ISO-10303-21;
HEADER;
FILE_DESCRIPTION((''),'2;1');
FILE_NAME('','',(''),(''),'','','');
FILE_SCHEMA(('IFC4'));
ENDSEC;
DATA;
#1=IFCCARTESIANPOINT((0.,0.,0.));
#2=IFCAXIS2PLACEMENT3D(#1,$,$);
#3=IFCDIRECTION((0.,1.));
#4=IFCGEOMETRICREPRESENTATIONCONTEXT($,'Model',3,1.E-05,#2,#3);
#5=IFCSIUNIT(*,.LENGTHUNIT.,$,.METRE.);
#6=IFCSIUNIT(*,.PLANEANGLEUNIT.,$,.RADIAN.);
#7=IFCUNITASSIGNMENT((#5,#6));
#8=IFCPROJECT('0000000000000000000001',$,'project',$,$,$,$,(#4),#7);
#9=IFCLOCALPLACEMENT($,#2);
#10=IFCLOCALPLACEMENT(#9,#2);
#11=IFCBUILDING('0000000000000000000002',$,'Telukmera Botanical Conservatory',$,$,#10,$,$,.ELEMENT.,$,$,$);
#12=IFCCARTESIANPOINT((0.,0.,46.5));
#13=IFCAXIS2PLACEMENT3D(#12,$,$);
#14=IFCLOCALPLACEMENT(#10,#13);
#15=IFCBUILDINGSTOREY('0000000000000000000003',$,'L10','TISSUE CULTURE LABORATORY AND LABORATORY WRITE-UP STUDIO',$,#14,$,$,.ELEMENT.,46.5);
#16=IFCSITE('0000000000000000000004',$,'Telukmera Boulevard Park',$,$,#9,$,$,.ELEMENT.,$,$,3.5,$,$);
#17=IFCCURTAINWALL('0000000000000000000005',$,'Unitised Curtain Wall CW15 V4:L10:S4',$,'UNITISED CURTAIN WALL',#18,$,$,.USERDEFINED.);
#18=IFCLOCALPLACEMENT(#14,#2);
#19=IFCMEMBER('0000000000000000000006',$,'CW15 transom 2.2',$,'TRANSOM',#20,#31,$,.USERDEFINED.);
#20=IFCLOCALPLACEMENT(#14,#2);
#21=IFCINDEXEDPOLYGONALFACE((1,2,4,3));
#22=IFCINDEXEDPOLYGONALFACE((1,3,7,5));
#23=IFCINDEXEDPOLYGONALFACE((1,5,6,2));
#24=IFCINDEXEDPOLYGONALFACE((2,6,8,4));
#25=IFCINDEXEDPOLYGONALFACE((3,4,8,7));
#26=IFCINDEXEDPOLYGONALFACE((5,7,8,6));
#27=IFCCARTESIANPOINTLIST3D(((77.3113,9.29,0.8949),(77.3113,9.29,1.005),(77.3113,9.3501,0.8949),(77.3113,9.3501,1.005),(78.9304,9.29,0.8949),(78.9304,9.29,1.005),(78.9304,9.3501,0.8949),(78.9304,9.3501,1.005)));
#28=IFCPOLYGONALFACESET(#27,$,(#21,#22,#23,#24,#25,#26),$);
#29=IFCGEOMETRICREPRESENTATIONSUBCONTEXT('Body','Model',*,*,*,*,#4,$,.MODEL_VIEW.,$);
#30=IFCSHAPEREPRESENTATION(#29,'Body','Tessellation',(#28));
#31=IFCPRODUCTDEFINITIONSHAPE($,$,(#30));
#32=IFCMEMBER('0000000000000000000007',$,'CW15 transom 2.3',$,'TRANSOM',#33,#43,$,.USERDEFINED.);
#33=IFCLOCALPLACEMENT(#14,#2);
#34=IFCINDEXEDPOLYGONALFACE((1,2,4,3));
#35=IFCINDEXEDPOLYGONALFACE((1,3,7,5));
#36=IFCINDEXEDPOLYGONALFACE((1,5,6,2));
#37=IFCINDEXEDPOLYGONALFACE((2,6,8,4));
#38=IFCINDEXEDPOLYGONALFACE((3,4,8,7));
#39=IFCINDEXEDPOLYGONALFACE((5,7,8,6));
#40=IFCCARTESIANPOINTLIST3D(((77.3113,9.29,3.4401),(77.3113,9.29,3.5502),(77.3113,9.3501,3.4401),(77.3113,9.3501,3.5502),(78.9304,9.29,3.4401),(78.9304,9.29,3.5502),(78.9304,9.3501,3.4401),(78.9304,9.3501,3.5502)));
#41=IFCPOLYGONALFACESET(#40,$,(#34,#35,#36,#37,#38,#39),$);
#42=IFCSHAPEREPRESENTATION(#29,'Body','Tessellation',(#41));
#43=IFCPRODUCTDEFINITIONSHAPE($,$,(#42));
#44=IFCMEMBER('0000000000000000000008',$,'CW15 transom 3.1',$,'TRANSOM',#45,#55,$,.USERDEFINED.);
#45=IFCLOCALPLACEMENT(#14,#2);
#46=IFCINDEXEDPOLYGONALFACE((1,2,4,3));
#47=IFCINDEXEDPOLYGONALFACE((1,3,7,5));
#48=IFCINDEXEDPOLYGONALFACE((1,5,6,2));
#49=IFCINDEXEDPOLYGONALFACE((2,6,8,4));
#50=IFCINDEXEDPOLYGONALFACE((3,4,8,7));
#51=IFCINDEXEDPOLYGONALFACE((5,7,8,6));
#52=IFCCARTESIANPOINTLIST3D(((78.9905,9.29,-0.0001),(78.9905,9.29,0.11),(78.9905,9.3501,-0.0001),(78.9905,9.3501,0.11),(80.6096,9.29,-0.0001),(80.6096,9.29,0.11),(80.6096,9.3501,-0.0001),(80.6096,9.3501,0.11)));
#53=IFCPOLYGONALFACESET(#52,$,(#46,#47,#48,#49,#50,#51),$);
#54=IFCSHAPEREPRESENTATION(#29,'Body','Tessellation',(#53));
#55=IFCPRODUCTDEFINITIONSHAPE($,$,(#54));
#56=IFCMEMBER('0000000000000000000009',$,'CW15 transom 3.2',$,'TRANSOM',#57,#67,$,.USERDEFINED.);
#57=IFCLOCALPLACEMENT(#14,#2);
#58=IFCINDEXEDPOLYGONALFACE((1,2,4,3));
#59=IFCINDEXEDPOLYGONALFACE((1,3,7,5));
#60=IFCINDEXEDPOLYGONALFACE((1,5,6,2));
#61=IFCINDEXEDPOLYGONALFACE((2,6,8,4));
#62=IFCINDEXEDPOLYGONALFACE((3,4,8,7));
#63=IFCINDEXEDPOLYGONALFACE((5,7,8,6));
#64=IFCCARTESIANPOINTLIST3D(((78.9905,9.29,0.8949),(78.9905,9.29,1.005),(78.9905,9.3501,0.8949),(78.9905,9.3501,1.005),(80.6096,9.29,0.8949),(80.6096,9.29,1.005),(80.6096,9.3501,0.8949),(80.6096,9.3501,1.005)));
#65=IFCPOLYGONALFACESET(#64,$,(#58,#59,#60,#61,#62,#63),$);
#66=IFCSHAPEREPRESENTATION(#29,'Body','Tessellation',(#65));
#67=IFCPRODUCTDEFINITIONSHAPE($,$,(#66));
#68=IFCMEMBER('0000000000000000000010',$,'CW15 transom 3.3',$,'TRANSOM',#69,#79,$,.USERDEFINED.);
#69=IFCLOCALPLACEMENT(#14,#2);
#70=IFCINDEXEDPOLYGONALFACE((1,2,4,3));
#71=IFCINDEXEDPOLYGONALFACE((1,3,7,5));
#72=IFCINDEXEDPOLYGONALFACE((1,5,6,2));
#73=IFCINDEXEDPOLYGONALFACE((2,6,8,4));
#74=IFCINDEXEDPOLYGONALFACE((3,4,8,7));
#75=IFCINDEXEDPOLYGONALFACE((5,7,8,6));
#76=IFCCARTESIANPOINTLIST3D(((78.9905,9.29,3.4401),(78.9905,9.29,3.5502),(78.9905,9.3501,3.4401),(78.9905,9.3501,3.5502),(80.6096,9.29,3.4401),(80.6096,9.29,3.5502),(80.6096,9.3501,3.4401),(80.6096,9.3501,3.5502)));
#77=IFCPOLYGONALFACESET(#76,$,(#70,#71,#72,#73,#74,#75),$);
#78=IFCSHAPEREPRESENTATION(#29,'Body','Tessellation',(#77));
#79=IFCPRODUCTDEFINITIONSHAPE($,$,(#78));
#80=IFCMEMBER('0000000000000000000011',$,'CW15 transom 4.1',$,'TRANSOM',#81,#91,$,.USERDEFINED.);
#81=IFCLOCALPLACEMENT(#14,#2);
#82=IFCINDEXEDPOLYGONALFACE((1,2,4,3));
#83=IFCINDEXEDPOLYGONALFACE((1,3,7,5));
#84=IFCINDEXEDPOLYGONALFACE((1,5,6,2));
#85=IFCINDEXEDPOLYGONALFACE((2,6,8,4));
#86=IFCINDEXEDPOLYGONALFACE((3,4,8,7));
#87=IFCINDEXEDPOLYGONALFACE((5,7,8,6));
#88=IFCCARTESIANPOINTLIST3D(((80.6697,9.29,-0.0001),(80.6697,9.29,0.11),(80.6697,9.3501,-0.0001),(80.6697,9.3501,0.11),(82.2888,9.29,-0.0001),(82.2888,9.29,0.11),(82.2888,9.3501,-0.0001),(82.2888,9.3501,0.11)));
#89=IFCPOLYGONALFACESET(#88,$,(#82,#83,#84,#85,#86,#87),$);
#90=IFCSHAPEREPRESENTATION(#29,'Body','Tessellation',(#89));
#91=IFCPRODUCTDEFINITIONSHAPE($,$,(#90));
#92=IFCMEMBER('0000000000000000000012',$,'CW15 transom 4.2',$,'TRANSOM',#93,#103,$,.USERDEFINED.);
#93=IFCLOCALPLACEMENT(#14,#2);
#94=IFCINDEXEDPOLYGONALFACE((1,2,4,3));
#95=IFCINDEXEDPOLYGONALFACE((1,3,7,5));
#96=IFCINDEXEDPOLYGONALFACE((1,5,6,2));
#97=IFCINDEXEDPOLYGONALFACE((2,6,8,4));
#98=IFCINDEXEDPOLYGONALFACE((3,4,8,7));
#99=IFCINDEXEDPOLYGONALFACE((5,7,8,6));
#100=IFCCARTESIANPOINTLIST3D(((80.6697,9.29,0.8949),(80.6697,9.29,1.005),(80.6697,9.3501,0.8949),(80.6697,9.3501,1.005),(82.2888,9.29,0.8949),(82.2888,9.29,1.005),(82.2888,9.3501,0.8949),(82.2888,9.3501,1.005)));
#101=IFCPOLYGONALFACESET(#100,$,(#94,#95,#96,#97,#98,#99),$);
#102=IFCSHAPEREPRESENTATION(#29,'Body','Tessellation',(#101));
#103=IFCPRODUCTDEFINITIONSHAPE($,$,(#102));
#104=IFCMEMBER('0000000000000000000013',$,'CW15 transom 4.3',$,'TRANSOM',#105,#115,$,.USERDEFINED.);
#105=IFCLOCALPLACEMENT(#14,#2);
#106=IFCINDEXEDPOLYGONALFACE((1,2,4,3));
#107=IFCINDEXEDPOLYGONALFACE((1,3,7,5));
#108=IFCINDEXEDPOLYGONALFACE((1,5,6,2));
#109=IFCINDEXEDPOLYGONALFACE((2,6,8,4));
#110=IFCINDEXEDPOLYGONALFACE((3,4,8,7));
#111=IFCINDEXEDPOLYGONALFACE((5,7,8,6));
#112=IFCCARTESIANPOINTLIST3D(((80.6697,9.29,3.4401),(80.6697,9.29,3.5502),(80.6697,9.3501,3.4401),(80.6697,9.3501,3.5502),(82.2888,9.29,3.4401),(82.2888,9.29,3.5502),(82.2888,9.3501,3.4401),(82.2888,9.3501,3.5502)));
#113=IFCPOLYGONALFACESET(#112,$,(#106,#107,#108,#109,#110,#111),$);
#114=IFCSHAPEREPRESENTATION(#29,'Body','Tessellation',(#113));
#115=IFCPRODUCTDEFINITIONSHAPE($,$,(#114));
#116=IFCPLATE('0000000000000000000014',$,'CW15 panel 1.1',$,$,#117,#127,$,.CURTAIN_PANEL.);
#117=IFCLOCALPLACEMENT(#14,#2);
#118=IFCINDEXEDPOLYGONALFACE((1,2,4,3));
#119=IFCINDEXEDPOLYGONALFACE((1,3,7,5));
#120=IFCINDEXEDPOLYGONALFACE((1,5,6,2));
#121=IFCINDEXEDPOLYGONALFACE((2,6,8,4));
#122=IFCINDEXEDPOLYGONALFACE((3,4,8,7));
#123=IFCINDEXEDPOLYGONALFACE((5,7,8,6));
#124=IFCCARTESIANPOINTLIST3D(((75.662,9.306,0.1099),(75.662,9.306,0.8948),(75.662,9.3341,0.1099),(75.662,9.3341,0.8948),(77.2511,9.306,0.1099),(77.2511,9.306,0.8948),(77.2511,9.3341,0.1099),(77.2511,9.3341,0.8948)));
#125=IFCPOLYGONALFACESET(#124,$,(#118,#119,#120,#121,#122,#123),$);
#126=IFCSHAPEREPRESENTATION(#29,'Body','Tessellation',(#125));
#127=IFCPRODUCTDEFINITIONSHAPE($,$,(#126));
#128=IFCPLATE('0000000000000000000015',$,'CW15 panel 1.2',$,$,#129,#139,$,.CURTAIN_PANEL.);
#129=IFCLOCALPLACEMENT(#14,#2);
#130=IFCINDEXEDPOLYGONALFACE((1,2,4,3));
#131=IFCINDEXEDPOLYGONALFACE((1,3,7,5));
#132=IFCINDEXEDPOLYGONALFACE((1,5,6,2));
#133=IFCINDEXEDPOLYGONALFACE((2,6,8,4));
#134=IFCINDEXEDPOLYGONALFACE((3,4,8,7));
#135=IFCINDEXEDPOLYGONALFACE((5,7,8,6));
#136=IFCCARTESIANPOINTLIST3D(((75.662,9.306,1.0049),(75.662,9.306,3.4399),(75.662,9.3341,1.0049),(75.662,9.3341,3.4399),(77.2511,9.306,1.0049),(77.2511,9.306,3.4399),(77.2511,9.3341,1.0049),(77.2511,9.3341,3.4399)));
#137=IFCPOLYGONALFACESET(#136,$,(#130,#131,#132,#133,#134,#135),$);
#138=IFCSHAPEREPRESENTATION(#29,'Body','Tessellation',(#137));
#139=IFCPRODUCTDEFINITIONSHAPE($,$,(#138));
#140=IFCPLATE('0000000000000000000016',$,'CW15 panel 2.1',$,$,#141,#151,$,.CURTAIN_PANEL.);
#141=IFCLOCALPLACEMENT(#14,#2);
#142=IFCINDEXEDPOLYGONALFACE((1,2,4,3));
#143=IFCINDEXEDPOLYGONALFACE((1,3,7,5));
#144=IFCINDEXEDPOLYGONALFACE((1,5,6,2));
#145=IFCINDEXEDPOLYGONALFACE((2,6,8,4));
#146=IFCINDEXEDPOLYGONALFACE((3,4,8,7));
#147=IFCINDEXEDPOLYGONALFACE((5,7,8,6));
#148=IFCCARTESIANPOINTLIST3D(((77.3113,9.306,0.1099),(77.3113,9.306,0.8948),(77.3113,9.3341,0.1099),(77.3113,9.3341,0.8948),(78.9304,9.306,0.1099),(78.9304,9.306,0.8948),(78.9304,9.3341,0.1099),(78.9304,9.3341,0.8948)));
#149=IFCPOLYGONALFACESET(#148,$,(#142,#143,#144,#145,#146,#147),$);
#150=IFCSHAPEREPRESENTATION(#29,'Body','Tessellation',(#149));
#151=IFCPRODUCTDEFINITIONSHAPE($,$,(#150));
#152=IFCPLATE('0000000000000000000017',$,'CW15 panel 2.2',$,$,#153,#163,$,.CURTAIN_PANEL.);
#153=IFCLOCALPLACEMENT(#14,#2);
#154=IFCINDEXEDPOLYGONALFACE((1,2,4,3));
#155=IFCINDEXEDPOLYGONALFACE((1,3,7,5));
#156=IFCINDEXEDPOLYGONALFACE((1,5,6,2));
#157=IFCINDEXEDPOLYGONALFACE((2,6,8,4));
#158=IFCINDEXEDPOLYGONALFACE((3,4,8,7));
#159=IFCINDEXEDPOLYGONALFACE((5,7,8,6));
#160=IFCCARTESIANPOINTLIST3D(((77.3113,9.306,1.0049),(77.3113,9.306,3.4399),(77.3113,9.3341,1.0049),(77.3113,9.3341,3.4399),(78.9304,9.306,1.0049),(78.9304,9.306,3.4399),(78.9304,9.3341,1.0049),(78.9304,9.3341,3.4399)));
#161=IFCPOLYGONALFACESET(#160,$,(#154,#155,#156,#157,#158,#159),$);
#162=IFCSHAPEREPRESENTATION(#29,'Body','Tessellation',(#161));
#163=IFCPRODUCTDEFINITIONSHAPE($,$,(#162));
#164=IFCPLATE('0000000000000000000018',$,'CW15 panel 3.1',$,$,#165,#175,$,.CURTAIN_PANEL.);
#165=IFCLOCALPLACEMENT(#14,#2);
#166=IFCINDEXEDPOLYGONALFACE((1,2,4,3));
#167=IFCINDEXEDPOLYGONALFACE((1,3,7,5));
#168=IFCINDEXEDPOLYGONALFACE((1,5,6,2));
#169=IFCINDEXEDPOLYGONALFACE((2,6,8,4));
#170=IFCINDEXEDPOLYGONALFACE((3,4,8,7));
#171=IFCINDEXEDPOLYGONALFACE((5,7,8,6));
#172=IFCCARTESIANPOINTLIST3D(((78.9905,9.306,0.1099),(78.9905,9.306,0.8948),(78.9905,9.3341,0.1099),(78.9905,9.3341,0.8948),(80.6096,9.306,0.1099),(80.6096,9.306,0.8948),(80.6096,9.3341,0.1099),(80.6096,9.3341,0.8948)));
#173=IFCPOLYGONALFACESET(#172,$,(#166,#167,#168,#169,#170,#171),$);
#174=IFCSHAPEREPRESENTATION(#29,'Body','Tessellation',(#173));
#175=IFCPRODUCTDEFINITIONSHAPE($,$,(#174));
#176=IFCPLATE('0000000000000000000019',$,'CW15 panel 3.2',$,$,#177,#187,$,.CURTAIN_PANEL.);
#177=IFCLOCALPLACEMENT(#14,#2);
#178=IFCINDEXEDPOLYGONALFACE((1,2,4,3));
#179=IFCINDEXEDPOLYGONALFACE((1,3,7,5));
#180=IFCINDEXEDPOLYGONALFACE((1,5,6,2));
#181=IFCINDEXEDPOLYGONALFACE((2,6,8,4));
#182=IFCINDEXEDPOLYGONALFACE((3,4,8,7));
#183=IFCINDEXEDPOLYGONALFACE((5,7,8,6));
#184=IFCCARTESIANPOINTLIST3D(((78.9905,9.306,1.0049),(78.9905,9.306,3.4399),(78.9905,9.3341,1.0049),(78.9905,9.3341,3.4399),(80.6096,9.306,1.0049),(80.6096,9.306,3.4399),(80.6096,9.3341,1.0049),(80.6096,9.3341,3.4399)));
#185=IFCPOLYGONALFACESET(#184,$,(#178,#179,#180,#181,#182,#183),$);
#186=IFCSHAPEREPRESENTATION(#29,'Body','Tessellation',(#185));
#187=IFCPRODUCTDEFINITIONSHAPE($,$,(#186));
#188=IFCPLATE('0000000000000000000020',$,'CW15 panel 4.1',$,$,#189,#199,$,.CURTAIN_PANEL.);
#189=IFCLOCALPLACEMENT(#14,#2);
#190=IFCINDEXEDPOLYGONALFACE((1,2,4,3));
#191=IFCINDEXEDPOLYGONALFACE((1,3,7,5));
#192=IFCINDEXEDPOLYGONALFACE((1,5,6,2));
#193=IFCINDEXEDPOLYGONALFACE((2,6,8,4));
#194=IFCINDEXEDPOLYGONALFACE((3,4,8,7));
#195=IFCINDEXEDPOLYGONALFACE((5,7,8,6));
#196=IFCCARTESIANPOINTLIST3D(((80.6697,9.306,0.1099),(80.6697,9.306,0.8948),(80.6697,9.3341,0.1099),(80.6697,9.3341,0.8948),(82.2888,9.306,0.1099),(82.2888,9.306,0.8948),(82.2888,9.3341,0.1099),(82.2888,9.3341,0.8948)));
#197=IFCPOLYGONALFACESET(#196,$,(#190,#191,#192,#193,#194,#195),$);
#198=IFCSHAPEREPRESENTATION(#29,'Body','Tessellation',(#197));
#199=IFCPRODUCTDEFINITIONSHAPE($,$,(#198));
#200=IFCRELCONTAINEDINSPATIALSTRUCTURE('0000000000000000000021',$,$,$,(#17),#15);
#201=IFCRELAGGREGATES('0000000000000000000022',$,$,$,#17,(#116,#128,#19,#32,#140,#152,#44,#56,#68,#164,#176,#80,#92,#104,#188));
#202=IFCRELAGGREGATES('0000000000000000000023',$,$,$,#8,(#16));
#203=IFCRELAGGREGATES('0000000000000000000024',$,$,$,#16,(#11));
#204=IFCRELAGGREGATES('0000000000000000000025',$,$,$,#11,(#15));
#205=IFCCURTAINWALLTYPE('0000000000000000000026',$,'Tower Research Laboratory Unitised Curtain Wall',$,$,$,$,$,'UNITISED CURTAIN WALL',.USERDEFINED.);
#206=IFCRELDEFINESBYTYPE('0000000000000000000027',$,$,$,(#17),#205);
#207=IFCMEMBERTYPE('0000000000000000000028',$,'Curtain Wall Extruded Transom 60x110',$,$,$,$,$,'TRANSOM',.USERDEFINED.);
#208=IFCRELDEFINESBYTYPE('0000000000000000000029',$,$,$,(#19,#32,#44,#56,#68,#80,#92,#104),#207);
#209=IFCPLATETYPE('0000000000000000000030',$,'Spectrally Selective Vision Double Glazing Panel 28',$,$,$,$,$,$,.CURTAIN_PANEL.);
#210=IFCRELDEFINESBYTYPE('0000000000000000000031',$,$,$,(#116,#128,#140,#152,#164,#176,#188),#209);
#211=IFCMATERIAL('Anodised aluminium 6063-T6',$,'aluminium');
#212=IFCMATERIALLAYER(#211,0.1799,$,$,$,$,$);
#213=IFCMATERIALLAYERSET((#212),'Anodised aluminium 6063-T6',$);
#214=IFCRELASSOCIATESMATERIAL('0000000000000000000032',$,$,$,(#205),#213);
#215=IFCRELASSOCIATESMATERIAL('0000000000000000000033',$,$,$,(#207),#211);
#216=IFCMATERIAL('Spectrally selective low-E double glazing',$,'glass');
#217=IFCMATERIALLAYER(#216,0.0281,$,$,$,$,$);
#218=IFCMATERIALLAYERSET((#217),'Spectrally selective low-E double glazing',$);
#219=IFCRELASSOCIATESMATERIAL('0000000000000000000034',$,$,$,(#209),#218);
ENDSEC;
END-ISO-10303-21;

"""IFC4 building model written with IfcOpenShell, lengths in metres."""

from ifc_helpers import new_model, si_unit, direction, frame, origin, origin_2d, place, context, subcontext, project, spatial, rectangle, extrude, material, layer, layer_set, material_profile, profile_set, type_object, element, aggregate, save


model = new_model("IFC4")

# Units and contexts
model_context = context("Model", 3, precision=1e-05, world=origin(), true_north=direction((0.0, 1.0)))
body_context = subcontext(model_context, "Body", "Model", "MODEL_VIEW")
ifc_project = project(units=[si_unit("LENGTHUNIT", "METRE"), si_unit("PLANEANGLEUNIT", "RADIAN")], contexts=[model_context])

# Site, building, storey
site_placement = place(None, origin())
site = spatial("IfcSite", under=ifc_project, at=site_placement, Name="Telukmera Boulevard Park", CompositionType="ELEMENT", RefElevation=3.5)
building_placement = place(site_placement, origin())
building = spatial("IfcBuilding", under=site, at=building_placement, Name="Telukmera Botanical Conservatory", CompositionType="ELEMENT")
storey_placement = place(building_placement, frame((0.0, 0.0, 46.5)))
storey = spatial("IfcBuildingStorey", under=building, at=storey_placement, Name="L10", Description="TISSUE CULTURE LABORATORY AND LABORATORY WRITE-UP STUDIO", CompositionType="ELEMENT", Elevation=46.5)

# Curtain wall, members, plates
ifc_material_1 = material(Name="Anodised aluminium 6063-T6", Category="aluminium")
ifc_layer_1 = layer(ifc_material_1, 0.1799)
ifc_layer_set_1 = layer_set([ifc_layer_1], Name="Anodised aluminium 6063-T6")
curtain_wall_type = type_object("IfcCurtainWallType", Name="Tower Research Laboratory Unitised Curtain Wall", ElementType="UNITISED CURTAIN WALL", PredefinedType="USERDEFINED", material=ifc_layer_set_1)
curtain_wall_placement = place(storey_placement, origin())
curtain_wall = element("IfcCurtainWall", 1, at=curtain_wall_placement, inside=storey, type_object=curtain_wall_type, Name="Unitised Curtain Wall CW15 V4:L10:S4", ObjectType="UNITISED CURTAIN WALL", PredefinedType="USERDEFINED")
ifc_material_profile_1 = material_profile(ifc_material_1, rectangle(XDim=0.0601, YDim=0.1101, at=origin_2d()), Name="ALU TRAN 60x110")
ifc_profile_set_1 = profile_set([ifc_material_profile_1], Name="Anodised aluminium 6063-T6")
member_type_1 = type_object("IfcMemberType", Name="Curtain Wall Extruded Transom 60x110", ElementType="TRANSOM", PredefinedType="USERDEFINED", material=ifc_profile_set_1)
member_1_placement = place(storey_placement, frame((77.3113, 9.3201, 0.95), z_axis=(1.0, 0.0, 0.0), x_axis=(0.0, 1.0, 0.0)))
member_1 = element("IfcMember", 2, at=member_1_placement, type_object=member_type_1, Name="CW15 transom 2.2", ObjectType="TRANSOM", PredefinedType="USERDEFINED", context=body_context, shape_type="SweptSolid", body=[
    extrude(rectangle(XDim=0.0601, YDim=0.1101, at=origin_2d()), origin(), (0.0, 0.0, 1.0), 1.6191),
])
member_2_placement = place(storey_placement, frame((77.3113, 9.3201, 3.4951), z_axis=(1.0, 0.0, 0.0), x_axis=(0.0, 1.0, 0.0)))
member_2 = element("IfcMember", 3, at=member_2_placement, type_object=member_type_1, Name="CW15 transom 2.3", ObjectType="TRANSOM", PredefinedType="USERDEFINED", context=body_context, shape_type="SweptSolid", body=[
    extrude(rectangle(XDim=0.0601, YDim=0.1101, at=origin_2d()), origin(), (0.0, 0.0, 1.0), 1.6191),
])
member_3_placement = place(storey_placement, frame((78.9905, 9.3201, 0.0549), z_axis=(1.0, 0.0, 0.0), x_axis=(0.0, 1.0, 0.0)))
member_3 = element("IfcMember", 4, at=member_3_placement, type_object=member_type_1, Name="CW15 transom 3.1", ObjectType="TRANSOM", PredefinedType="USERDEFINED", context=body_context, shape_type="SweptSolid", body=[
    extrude(rectangle(XDim=0.0601, YDim=0.1101, at=origin_2d()), origin(), (0.0, 0.0, 1.0), 1.6191),
])
member_4_placement = place(storey_placement, frame((78.9905, 9.3201, 0.95), z_axis=(1.0, 0.0, 0.0), x_axis=(0.0, 1.0, 0.0)))
member_4 = element("IfcMember", 5, at=member_4_placement, type_object=member_type_1, Name="CW15 transom 3.2", ObjectType="TRANSOM", PredefinedType="USERDEFINED", context=body_context, shape_type="SweptSolid", body=[
    extrude(rectangle(XDim=0.0601, YDim=0.1101, at=origin_2d()), origin(), (0.0, 0.0, 1.0), 1.6191),
])
member_5_placement = place(storey_placement, frame((78.9905, 9.3201, 3.4951), z_axis=(1.0, 0.0, 0.0), x_axis=(0.0, 1.0, 0.0)))
member_5 = element("IfcMember", 6, at=member_5_placement, type_object=member_type_1, Name="CW15 transom 3.3", ObjectType="TRANSOM", PredefinedType="USERDEFINED", context=body_context, shape_type="SweptSolid", body=[
    extrude(rectangle(XDim=0.0601, YDim=0.1101, at=origin_2d()), origin(), (0.0, 0.0, 1.0), 1.6191),
])
member_6_placement = place(storey_placement, frame((80.6697, 9.3201, 0.0549), z_axis=(1.0, 0.0, 0.0), x_axis=(0.0, 1.0, 0.0)))
member_6 = element("IfcMember", 7, at=member_6_placement, type_object=member_type_1, Name="CW15 transom 4.1", ObjectType="TRANSOM", PredefinedType="USERDEFINED", context=body_context, shape_type="SweptSolid", body=[
    extrude(rectangle(XDim=0.0601, YDim=0.1101, at=origin_2d()), origin(), (0.0, 0.0, 1.0), 1.6191),
])
member_7_placement = place(storey_placement, frame((80.6697, 9.3201, 0.95), z_axis=(1.0, 0.0, 0.0), x_axis=(0.0, 1.0, 0.0)))
member_7 = element("IfcMember", 8, at=member_7_placement, type_object=member_type_1, Name="CW15 transom 4.2", ObjectType="TRANSOM", PredefinedType="USERDEFINED", context=body_context, shape_type="SweptSolid", body=[
    extrude(rectangle(XDim=0.0601, YDim=0.1101, at=origin_2d()), origin(), (0.0, 0.0, 1.0), 1.6191),
])
member_8_placement = place(storey_placement, frame((80.6697, 9.3201, 3.4951), z_axis=(1.0, 0.0, 0.0), x_axis=(0.0, 1.0, 0.0)))
member_8 = element("IfcMember", 9, at=member_8_placement, type_object=member_type_1, Name="CW15 transom 4.3", ObjectType="TRANSOM", PredefinedType="USERDEFINED", context=body_context, shape_type="SweptSolid", body=[
    extrude(rectangle(XDim=0.0601, YDim=0.1101, at=origin_2d()), origin(), (0.0, 0.0, 1.0), 1.6191),
])
ifc_material_2 = material(Name="Spectrally selective low-E double glazing", Category="glass")
ifc_layer_2 = layer(ifc_material_2, 0.0281)
ifc_layer_set_2 = layer_set([ifc_layer_2], Name="Spectrally selective low-E double glazing")
plate_type = type_object("IfcPlateType", Name="Spectrally Selective Vision Double Glazing Panel 28", PredefinedType="CURTAIN_PANEL", material=ifc_layer_set_2)
plate_1_placement = place(storey_placement, frame((76.4565, 9.3201, 0.1099), z_axis=(0.0, 0.0, 1.0), x_axis=(1.0, 0.0, 0.0)))
plate_1 = element("IfcPlate", 10, at=plate_1_placement, type_object=plate_type, Name="CW15 panel 1.1", PredefinedType="CURTAIN_PANEL", context=body_context, shape_type="SweptSolid", body=[
    extrude(rectangle(XDim=1.5891, YDim=0.0281, at=origin_2d()), origin(), (0.0, 0.0, 1.0), 0.7849),
])
plate_2_placement = place(storey_placement, frame((76.4565, 9.3201, 1.0049), z_axis=(0.0, 0.0, 1.0), x_axis=(1.0, 0.0, 0.0)))
plate_2 = element("IfcPlate", 11, at=plate_2_placement, type_object=plate_type, Name="CW15 panel 1.2", PredefinedType="CURTAIN_PANEL", context=body_context, shape_type="SweptSolid", body=[
    extrude(rectangle(XDim=1.5891, YDim=0.0281, at=origin_2d()), origin(), (0.0, 0.0, 1.0), 2.4351),
])
plate_3_placement = place(storey_placement, frame((78.1208, 9.3201, 0.1099), z_axis=(0.0, 0.0, 1.0), x_axis=(1.0, 0.0, 0.0)))
plate_3 = element("IfcPlate", 12, at=plate_3_placement, type_object=plate_type, Name="CW15 panel 2.1", PredefinedType="CURTAIN_PANEL", context=body_context, shape_type="SweptSolid", body=[
    extrude(rectangle(XDim=1.6191, YDim=0.0281, at=origin_2d()), origin(), (0.0, 0.0, 1.0), 0.7849),
])
plate_4_placement = place(storey_placement, frame((78.1208, 9.3201, 1.0049), z_axis=(0.0, 0.0, 1.0), x_axis=(1.0, 0.0, 0.0)))
plate_4 = element("IfcPlate", 13, at=plate_4_placement, type_object=plate_type, Name="CW15 panel 2.2", PredefinedType="CURTAIN_PANEL", context=body_context, shape_type="SweptSolid", body=[
    extrude(rectangle(XDim=1.6191, YDim=0.0281, at=origin_2d()), origin(), (0.0, 0.0, 1.0), 2.4351),
])
plate_5_placement = place(storey_placement, frame((79.8, 9.3201, 0.1099), z_axis=(0.0, 0.0, 1.0), x_axis=(1.0, 0.0, 0.0)))
plate_5 = element("IfcPlate", 14, at=plate_5_placement, type_object=plate_type, Name="CW15 panel 3.1", PredefinedType="CURTAIN_PANEL", context=body_context, shape_type="SweptSolid", body=[
    extrude(rectangle(XDim=1.6191, YDim=0.0281, at=origin_2d()), origin(), (0.0, 0.0, 1.0), 0.7849),
])
plate_6_placement = place(storey_placement, frame((79.8, 9.3201, 1.0049), z_axis=(0.0, 0.0, 1.0), x_axis=(1.0, 0.0, 0.0)))
plate_6 = element("IfcPlate", 15, at=plate_6_placement, type_object=plate_type, Name="CW15 panel 3.2", PredefinedType="CURTAIN_PANEL", context=body_context, shape_type="SweptSolid", body=[
    extrude(rectangle(XDim=1.6191, YDim=0.0281, at=origin_2d()), origin(), (0.0, 0.0, 1.0), 2.4351),
])
plate_7_placement = place(storey_placement, frame((81.4792, 9.3201, 0.1099), z_axis=(0.0, 0.0, 1.0), x_axis=(1.0, 0.0, 0.0)))
plate_7 = element("IfcPlate", 16, at=plate_7_placement, type_object=plate_type, Name="CW15 panel 4.1", PredefinedType="CURTAIN_PANEL", context=body_context, shape_type="SweptSolid", body=[
    extrude(rectangle(XDim=1.6191, YDim=0.0281, at=origin_2d()), origin(), (0.0, 0.0, 1.0), 0.7849),
])
aggregate(curtain_wall, [plate_1, plate_2, member_1, member_2, plate_3, plate_4, member_3, member_4, member_5, plate_5, plate_6, member_6, member_7, member_8, plate_7])

save(model, "model.ifc")
